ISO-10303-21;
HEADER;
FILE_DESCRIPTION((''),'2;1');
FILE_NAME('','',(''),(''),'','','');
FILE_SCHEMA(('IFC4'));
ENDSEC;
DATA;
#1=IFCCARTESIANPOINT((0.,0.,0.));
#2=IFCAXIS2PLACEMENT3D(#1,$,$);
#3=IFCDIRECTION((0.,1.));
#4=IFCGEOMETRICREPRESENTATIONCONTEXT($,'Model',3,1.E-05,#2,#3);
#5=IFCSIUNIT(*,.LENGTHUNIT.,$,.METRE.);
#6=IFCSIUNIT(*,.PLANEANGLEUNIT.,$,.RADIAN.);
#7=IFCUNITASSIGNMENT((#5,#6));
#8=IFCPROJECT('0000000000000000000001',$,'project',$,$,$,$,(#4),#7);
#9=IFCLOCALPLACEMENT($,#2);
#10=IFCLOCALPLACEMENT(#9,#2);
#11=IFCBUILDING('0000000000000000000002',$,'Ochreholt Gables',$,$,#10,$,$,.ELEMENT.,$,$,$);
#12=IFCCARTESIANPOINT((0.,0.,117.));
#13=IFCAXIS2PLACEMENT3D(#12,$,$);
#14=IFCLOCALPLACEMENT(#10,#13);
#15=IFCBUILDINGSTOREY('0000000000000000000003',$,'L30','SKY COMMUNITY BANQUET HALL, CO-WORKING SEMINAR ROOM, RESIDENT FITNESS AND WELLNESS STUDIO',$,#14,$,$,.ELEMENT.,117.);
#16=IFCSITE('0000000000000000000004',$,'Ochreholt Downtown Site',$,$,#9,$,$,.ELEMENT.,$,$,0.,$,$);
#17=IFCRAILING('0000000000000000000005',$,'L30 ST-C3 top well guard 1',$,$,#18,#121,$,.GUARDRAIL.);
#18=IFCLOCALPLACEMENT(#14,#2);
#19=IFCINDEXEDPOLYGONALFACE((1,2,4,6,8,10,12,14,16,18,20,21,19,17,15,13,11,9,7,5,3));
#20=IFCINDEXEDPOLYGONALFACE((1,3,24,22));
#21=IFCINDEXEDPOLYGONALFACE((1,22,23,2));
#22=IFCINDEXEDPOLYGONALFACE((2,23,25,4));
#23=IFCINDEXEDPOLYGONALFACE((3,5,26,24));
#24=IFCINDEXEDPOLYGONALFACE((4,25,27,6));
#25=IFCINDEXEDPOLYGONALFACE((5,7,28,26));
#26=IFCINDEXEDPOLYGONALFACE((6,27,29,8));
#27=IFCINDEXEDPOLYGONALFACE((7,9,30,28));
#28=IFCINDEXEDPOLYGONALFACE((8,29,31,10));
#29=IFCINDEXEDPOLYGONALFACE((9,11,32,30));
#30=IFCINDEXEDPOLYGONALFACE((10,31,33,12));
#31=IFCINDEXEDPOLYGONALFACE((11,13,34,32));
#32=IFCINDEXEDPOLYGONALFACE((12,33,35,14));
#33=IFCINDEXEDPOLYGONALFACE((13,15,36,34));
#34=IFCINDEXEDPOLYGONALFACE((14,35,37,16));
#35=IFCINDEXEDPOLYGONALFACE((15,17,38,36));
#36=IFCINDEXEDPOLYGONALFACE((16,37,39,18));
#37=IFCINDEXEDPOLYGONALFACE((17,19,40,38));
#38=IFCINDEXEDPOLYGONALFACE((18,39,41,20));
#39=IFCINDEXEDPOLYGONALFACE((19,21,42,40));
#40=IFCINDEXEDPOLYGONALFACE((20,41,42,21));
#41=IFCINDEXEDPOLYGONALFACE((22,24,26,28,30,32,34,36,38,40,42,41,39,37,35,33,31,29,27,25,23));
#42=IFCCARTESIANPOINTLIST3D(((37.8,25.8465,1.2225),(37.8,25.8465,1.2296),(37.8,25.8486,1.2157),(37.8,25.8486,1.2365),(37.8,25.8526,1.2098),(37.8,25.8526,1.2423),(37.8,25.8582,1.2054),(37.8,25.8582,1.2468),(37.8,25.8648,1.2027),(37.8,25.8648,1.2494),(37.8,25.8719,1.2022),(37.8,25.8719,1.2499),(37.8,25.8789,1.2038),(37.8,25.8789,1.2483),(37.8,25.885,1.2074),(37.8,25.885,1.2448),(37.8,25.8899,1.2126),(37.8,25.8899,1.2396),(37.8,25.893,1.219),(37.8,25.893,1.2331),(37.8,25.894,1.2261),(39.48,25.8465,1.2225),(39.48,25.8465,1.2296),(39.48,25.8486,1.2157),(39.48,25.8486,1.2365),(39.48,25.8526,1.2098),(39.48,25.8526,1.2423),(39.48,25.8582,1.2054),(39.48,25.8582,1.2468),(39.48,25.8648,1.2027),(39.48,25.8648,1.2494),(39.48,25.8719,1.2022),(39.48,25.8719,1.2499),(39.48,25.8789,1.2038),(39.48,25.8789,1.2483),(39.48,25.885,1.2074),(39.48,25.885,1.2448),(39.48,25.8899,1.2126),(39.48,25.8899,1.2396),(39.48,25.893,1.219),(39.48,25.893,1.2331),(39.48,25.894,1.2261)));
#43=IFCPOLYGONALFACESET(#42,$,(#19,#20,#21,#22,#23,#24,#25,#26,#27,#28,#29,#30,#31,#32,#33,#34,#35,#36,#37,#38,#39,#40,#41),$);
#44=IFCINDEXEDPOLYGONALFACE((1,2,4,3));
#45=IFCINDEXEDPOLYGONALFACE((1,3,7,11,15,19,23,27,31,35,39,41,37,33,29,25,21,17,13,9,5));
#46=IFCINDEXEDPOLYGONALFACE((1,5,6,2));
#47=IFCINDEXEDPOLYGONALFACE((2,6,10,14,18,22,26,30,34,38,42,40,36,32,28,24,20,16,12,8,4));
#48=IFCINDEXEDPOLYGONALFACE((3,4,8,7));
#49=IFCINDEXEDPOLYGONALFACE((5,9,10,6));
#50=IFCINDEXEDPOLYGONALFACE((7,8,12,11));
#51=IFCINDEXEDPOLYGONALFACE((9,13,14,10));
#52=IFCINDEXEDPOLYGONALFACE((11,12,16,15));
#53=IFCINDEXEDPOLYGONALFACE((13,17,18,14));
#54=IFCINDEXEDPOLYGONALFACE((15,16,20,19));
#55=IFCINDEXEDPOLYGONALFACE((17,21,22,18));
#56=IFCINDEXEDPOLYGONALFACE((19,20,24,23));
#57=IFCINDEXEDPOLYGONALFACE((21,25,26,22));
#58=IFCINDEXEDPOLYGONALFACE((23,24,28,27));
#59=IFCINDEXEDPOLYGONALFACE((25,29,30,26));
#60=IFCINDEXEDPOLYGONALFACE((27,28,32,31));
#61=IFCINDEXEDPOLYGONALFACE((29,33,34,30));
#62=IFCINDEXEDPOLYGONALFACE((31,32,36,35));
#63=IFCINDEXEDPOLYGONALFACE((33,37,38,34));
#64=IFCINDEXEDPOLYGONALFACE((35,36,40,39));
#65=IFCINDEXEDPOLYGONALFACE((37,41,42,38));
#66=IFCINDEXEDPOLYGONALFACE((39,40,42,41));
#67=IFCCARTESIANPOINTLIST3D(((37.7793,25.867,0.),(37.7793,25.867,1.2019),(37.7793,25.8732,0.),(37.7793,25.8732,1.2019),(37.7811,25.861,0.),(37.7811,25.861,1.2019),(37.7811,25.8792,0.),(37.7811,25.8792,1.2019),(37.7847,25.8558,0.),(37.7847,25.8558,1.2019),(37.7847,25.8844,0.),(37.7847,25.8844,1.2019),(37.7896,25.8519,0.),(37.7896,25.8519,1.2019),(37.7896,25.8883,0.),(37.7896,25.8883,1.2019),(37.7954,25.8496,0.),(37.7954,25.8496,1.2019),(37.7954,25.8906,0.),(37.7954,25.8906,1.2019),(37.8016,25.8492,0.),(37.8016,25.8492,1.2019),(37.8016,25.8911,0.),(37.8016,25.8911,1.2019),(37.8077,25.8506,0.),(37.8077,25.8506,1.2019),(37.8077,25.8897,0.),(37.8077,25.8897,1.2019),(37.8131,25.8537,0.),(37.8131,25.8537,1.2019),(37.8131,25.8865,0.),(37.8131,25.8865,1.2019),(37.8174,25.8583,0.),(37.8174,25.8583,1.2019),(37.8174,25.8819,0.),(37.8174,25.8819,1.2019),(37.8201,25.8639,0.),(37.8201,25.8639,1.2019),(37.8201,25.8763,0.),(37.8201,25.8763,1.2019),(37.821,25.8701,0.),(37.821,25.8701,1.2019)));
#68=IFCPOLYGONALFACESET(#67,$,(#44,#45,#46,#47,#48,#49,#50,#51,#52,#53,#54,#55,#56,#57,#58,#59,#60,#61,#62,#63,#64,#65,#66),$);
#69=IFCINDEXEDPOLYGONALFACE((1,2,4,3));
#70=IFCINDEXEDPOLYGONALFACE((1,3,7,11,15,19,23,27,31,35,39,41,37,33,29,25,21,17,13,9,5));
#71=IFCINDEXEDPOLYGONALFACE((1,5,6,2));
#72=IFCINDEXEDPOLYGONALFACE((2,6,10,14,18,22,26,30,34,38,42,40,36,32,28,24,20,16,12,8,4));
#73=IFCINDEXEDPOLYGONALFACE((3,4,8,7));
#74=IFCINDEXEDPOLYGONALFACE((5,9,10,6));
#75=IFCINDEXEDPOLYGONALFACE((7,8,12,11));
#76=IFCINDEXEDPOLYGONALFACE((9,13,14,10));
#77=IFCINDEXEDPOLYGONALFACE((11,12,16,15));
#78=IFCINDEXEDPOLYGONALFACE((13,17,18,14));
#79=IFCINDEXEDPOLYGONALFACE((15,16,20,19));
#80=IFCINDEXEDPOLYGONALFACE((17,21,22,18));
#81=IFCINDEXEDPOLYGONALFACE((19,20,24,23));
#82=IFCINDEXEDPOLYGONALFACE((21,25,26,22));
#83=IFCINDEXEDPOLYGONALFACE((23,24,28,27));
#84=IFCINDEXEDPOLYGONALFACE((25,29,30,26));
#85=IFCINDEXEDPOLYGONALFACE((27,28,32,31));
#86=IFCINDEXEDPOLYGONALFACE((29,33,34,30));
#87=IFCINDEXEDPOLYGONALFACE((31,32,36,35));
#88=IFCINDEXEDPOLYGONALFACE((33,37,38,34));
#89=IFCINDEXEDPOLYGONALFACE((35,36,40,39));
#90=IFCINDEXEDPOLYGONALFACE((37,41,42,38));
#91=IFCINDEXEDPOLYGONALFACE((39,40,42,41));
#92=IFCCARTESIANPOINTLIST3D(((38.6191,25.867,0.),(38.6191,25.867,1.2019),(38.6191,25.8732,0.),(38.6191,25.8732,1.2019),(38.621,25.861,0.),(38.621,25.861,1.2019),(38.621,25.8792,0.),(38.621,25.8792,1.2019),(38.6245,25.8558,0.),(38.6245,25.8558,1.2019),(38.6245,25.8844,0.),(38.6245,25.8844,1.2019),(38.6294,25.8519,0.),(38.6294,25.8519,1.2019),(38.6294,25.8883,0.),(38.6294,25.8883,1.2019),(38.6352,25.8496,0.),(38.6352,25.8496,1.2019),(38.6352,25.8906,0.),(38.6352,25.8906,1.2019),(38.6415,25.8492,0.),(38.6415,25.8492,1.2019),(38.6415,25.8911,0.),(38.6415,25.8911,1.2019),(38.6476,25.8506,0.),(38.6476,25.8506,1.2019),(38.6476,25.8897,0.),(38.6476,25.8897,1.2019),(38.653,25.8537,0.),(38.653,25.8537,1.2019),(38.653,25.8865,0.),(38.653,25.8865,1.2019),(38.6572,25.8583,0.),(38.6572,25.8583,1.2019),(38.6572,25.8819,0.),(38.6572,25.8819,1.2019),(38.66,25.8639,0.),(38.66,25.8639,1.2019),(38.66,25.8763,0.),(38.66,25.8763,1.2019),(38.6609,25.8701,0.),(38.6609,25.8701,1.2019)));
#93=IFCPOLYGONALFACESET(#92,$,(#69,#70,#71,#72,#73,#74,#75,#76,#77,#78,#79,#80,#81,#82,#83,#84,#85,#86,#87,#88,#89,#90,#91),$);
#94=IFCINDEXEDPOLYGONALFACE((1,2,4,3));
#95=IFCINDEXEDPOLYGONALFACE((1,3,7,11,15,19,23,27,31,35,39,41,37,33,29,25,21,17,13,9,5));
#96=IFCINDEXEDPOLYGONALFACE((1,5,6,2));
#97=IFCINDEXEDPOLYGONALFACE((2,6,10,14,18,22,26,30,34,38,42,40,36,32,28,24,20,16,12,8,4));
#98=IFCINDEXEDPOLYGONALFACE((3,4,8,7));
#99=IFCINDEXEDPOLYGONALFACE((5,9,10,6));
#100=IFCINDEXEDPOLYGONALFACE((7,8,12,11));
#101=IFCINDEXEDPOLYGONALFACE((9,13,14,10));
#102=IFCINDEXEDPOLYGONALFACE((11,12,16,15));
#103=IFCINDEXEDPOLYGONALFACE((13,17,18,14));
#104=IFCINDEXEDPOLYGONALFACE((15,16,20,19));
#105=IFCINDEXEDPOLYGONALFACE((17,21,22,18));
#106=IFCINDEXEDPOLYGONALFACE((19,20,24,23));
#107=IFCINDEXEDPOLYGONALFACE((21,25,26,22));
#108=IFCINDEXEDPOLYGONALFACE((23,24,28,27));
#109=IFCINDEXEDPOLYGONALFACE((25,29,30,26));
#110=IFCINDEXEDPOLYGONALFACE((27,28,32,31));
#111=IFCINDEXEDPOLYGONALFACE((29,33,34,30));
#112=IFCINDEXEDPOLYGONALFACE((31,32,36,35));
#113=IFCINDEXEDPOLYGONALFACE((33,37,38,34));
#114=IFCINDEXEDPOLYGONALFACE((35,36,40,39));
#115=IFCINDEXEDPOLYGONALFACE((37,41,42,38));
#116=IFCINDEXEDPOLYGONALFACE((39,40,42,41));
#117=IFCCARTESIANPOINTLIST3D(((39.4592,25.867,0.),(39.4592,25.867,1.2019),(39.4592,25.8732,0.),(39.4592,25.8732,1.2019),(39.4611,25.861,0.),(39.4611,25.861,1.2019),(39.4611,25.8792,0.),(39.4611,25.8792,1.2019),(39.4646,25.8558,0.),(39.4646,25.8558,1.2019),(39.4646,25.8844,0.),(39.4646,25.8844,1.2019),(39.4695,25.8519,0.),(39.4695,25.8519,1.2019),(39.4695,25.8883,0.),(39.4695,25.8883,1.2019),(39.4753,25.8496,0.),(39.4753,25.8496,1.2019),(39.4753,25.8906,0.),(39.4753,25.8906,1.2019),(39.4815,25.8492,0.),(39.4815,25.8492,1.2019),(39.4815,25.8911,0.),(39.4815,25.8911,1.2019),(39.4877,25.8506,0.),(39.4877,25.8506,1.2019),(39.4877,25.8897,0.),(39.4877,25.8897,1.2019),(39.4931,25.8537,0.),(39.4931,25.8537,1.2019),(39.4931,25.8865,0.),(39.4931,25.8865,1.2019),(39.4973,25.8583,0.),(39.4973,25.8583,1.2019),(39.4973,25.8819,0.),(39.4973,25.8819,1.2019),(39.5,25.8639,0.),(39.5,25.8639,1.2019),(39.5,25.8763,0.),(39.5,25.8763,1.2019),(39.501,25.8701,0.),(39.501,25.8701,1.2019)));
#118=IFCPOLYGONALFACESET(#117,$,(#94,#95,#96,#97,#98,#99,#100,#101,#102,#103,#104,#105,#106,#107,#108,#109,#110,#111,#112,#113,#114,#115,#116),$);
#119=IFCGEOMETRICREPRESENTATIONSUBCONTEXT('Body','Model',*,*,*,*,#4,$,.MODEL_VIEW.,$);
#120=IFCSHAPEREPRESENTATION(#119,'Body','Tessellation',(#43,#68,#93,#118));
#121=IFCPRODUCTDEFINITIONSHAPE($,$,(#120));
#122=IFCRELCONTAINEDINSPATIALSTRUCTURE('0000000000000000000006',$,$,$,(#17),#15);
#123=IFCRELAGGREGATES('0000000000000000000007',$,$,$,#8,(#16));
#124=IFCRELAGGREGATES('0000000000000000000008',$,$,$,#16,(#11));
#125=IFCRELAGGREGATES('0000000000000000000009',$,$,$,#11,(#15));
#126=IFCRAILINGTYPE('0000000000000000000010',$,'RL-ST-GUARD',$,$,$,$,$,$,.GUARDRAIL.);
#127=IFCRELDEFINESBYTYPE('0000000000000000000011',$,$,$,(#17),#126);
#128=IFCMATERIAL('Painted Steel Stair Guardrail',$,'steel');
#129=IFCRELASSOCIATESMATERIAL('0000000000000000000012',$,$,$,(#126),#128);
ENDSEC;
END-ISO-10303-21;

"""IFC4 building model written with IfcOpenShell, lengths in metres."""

from ifc_helpers import new_model, si_unit, direction, frame, origin, origin_2d, place, context, subcontext, project, spatial, circle, extrude, material, type_object, element, save


model = new_model("IFC4")

# Units and contexts
model_context = context("Model", 3, precision=1e-05, world=origin(), true_north=direction((0.0, 1.0)))
body_context = subcontext(model_context, "Body", "Model", "MODEL_VIEW")
ifc_project = project(units=[si_unit("LENGTHUNIT", "METRE"), si_unit("PLANEANGLEUNIT", "RADIAN")], contexts=[model_context])

# Site, building, storey
site_placement = place(None, origin())
site = spatial("IfcSite", under=ifc_project, at=site_placement, Name="Ochreholt Downtown Site", CompositionType="ELEMENT", RefElevation=0.0)
building_placement = place(site_placement, origin())
building = spatial("IfcBuilding", under=site, at=building_placement, Name="Ochreholt Gables", CompositionType="ELEMENT")
storey_placement = place(building_placement, frame((0.0, 0.0, 117.0)))
storey = spatial("IfcBuildingStorey", under=building, at=storey_placement, Name="L30", Description="SKY COMMUNITY BANQUET HALL, CO-WORKING SEMINAR ROOM, RESIDENT FITNESS AND WELLNESS STUDIO", CompositionType="ELEMENT", Elevation=117.0)

# Railing
ifc_material_1 = material(Name="Painted Steel Stair Guardrail", Category="steel")
railing_type = type_object("IfcRailingType", Name="RL-ST-GUARD", PredefinedType="GUARDRAIL", material=ifc_material_1)
railing_placement = place(storey_placement, frame((37.8, 25.8701, 0.0)))
element("IfcRailing", 1, at=railing_placement, inside=storey, type_object=railing_type, Name="L30 ST-C3 top well guard 1", PredefinedType="GUARDRAIL", context=body_context, shape_type="SweptSolid", body=[
    extrude(circle(Radius=0.0239, at=origin_2d()), frame((0.0, 0.0, 1.2261), z_axis=(1.0, 0.0, 0.0), x_axis=(0.0, 1.0, 0.0)), (0.0, 0.0, 1.0), 1.6799),
    extrude(circle(Radius=0.021, at=origin_2d()), origin(), (0.0, 0.0, 1.0), 1.2019),
    extrude(circle(Radius=0.021, at=origin_2d()), frame((0.8398, 0.0, 0.0)), (0.0, 0.0, 1.0), 1.2019),
    extrude(circle(Radius=0.021, at=origin_2d()), frame((1.6799, 0.0, 0.0)), (0.0, 0.0, 1.0), 1.2019),
])

save(model, "model.ifc")
